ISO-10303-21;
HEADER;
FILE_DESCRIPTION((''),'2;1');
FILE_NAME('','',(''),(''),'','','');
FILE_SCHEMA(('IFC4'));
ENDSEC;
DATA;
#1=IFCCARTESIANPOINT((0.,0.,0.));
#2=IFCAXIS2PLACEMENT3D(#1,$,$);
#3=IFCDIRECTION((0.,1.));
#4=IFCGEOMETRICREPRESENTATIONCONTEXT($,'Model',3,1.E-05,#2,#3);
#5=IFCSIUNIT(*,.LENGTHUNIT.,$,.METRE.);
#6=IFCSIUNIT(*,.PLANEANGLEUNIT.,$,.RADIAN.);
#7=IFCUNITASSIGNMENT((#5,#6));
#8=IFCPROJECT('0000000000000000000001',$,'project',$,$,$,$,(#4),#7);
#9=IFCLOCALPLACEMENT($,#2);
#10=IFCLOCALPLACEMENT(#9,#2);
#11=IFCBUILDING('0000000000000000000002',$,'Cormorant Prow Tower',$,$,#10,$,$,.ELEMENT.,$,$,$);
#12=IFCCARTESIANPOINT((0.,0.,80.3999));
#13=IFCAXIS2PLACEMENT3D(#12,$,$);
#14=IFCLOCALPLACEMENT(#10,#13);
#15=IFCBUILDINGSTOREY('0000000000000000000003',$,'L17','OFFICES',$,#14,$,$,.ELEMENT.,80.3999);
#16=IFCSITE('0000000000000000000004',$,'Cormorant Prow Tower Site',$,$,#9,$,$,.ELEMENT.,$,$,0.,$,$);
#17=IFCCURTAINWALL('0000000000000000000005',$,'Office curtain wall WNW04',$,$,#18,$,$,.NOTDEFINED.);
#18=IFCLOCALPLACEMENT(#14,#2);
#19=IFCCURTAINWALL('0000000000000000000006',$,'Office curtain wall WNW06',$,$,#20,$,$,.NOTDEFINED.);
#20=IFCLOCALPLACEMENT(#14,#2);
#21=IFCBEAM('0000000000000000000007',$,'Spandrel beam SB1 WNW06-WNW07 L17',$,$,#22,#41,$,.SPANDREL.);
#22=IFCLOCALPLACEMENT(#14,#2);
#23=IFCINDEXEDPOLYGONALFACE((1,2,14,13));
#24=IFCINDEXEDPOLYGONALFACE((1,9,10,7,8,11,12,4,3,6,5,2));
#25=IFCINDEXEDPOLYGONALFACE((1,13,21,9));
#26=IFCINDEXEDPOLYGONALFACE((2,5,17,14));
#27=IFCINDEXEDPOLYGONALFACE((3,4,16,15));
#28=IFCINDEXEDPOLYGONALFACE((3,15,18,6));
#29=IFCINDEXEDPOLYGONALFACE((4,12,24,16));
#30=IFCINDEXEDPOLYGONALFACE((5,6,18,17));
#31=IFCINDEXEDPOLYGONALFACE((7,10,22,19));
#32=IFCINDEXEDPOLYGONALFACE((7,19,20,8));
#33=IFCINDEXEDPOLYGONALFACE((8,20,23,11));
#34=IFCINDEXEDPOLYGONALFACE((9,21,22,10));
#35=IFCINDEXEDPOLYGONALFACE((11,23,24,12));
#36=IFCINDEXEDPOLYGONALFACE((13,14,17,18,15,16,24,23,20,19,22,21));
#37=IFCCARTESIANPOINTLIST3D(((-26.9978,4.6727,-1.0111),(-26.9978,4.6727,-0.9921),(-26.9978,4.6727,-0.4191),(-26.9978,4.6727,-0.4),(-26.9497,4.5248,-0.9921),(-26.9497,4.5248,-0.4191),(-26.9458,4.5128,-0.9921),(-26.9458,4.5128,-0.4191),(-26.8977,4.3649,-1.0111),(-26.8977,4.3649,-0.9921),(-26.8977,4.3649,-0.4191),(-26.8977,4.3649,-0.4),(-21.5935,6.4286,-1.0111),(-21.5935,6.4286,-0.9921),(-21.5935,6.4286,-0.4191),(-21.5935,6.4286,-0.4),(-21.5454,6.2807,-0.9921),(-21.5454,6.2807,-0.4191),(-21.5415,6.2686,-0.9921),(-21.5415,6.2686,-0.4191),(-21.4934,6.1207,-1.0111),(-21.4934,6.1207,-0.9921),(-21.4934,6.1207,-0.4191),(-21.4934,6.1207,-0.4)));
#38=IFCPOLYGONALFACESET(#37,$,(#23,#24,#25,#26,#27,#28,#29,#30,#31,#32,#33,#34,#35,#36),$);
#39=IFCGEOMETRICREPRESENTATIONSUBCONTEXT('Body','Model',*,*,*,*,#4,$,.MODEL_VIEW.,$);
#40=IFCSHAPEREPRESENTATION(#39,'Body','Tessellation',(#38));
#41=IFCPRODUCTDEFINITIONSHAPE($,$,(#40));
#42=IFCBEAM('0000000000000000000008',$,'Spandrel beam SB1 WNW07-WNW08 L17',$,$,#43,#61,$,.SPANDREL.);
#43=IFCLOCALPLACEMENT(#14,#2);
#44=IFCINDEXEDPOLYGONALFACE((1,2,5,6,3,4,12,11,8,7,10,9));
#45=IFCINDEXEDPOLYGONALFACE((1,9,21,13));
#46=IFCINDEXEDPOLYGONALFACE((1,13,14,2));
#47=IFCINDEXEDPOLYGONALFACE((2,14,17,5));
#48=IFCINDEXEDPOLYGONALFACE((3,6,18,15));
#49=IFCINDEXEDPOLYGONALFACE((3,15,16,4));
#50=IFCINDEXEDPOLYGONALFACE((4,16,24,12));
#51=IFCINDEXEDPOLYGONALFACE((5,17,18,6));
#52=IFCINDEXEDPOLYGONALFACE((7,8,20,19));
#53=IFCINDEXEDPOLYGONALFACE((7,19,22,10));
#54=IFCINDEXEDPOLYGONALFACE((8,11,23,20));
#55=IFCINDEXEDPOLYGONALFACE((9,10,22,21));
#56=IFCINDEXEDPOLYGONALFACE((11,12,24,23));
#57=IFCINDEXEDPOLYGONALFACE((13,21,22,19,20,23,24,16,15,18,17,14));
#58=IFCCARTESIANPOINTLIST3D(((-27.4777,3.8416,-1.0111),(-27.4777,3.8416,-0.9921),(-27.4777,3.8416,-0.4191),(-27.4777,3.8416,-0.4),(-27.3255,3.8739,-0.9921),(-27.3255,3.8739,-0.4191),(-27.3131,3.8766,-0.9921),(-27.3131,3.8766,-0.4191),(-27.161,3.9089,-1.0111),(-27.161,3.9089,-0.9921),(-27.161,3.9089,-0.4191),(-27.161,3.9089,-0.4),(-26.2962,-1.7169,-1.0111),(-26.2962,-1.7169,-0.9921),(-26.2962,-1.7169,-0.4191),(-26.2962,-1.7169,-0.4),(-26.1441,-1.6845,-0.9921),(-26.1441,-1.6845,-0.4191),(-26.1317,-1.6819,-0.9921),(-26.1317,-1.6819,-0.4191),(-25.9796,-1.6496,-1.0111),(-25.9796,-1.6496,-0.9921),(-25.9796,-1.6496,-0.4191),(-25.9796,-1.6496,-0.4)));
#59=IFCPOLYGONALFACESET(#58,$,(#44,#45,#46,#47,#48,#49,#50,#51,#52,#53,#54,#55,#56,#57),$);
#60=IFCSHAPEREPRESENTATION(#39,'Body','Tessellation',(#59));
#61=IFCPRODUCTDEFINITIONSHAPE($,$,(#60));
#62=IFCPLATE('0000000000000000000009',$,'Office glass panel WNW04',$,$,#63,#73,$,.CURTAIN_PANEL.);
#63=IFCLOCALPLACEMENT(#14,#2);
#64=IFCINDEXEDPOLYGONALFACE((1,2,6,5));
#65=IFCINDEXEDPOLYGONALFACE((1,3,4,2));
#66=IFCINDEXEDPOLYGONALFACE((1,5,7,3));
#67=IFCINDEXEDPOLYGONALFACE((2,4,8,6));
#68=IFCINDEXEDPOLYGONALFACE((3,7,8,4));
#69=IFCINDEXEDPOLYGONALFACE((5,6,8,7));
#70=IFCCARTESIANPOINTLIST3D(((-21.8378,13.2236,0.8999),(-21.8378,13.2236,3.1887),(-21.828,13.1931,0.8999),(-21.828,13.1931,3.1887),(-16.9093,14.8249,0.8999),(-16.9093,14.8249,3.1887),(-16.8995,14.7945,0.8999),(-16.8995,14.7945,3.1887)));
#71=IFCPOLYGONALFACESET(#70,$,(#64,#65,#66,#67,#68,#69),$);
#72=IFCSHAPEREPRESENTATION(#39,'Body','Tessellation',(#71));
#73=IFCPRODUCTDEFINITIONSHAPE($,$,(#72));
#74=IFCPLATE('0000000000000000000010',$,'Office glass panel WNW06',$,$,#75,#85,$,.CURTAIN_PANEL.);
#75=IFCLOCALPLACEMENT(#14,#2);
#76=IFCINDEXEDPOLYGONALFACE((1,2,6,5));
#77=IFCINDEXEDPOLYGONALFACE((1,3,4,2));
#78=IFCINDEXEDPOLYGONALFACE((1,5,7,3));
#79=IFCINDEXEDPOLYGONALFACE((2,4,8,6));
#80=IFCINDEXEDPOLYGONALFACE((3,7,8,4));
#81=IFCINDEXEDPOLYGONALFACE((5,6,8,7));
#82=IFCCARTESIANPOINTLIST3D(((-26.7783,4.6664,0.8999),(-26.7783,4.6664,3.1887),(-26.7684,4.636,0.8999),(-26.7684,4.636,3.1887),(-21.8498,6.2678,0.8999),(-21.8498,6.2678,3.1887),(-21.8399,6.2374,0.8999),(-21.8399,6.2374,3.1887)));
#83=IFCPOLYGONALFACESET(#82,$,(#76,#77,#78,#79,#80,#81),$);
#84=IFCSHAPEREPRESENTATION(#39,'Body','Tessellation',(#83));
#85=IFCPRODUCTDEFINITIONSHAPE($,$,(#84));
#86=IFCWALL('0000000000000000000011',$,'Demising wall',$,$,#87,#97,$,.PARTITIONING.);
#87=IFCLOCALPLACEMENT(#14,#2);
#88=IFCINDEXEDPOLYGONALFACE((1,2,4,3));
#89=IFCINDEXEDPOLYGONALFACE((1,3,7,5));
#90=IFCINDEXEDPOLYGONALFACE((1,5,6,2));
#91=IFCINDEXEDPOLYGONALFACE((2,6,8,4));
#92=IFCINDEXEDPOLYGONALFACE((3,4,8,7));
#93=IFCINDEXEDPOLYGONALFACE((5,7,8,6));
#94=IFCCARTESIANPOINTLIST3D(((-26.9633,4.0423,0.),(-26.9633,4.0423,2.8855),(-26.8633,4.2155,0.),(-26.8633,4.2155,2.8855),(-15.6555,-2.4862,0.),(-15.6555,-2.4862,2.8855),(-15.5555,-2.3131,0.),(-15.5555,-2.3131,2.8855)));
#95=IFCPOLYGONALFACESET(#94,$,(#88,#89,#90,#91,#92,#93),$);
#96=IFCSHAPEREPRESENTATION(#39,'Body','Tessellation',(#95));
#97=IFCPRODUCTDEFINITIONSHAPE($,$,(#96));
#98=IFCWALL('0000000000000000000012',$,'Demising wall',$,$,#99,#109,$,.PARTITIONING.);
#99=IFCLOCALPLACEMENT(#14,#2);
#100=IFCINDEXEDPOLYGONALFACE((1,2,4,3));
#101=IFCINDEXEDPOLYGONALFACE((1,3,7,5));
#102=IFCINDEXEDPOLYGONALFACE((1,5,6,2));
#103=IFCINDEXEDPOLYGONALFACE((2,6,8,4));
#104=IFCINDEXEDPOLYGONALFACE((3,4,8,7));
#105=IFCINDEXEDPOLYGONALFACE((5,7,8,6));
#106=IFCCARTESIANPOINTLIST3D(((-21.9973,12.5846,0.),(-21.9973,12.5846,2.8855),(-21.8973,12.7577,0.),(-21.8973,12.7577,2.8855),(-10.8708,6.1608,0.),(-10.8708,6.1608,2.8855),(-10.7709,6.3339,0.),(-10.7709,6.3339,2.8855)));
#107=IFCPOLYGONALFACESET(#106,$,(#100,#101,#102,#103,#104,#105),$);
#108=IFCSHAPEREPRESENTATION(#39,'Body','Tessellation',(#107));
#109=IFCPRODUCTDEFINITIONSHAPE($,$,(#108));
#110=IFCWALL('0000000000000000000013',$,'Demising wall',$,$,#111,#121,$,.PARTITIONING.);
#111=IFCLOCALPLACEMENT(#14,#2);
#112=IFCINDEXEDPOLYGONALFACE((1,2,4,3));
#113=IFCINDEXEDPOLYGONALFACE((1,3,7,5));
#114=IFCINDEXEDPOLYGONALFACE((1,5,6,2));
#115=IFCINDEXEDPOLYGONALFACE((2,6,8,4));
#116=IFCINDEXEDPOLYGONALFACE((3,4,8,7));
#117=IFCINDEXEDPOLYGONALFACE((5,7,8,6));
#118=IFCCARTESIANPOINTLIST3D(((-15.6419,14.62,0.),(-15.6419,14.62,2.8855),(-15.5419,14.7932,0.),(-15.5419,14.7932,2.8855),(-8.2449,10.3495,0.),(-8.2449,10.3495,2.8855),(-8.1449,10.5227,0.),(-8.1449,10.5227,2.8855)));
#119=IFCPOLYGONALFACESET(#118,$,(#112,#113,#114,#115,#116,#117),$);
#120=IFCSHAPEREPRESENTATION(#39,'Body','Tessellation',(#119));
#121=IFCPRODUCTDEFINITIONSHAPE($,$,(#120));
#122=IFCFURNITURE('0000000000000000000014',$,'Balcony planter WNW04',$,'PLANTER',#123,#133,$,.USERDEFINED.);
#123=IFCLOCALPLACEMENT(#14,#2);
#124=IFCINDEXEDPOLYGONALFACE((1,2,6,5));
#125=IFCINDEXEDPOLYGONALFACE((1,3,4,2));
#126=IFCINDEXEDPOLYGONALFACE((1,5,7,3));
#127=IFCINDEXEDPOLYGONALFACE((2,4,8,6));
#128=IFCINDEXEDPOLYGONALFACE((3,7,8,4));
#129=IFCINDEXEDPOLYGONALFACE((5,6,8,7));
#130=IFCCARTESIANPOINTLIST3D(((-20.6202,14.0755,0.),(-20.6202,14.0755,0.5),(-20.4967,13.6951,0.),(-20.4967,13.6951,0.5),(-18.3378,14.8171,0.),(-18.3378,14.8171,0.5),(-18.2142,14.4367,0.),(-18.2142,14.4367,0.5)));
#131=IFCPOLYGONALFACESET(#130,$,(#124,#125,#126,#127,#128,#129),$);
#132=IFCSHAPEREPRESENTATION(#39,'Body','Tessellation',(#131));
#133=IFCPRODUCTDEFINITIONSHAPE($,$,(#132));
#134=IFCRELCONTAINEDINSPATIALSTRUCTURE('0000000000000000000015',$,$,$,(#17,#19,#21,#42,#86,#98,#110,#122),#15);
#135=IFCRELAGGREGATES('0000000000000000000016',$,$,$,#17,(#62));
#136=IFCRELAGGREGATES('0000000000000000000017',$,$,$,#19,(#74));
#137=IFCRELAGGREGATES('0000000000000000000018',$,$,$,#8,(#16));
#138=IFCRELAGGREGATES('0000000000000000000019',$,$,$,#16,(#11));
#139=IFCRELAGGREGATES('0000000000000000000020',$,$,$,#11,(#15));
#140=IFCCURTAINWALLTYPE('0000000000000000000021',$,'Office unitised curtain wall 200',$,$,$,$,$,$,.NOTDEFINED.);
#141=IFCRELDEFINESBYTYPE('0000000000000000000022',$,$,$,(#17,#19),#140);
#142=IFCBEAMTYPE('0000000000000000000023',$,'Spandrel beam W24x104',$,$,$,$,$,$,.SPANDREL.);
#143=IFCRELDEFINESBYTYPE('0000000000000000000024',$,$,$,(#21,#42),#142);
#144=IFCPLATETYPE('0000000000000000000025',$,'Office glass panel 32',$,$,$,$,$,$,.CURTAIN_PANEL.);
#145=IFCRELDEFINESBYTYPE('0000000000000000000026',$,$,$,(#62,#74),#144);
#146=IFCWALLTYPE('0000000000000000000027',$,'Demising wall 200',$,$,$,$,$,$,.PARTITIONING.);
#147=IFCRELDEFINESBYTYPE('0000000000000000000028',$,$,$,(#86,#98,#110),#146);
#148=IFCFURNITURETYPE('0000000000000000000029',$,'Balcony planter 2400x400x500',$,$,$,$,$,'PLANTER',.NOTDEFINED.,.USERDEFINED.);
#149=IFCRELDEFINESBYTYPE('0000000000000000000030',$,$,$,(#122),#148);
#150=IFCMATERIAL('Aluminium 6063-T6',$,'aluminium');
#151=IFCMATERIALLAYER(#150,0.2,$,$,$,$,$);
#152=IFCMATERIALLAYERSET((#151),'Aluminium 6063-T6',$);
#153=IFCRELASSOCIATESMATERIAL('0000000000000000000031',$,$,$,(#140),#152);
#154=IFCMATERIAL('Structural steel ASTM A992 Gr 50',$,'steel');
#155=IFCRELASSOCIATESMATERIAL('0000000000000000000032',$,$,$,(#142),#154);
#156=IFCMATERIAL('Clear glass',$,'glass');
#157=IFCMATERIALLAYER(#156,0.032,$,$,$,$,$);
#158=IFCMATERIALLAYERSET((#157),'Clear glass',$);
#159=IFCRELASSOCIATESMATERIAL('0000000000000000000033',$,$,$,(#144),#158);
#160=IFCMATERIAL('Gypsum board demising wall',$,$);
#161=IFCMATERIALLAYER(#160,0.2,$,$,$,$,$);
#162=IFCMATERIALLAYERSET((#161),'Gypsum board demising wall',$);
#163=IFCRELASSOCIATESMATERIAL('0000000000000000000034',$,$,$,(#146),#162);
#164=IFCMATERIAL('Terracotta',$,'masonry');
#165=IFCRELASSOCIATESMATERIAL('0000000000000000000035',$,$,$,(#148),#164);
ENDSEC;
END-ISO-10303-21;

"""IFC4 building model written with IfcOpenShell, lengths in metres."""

from ifc_helpers import new_model, si_unit, direction, frame, frame_2d, origin, origin_2d, place, context, subcontext, project, spatial, rectangle, i_section, extrude, material, layer, layer_set, material_profile, profile_set, type_object, element, aggregate, save


model = new_model("IFC4")

# Units and contexts
model_context = context("Model", 3, precision=1e-05, world=origin(), true_north=direction((0.0, 1.0)))
body_context = subcontext(model_context, "Body", "Model", "MODEL_VIEW")
ifc_project = project(units=[si_unit("LENGTHUNIT", "METRE"), si_unit("PLANEANGLEUNIT", "RADIAN")], contexts=[model_context])

# Site, building, storey
site_placement = place(None, origin())
site = spatial("IfcSite", under=ifc_project, at=site_placement, Name="Cormorant Prow Tower Site", CompositionType="ELEMENT", RefElevation=0.0)
building_placement = place(site_placement, origin())
building = spatial("IfcBuilding", under=site, at=building_placement, Name="Cormorant Prow Tower", CompositionType="ELEMENT")
storey_placement = place(building_placement, frame((0.0, 0.0, 80.3999)))
storey = spatial("IfcBuildingStorey", under=building, at=storey_placement, Name="L17", Description="OFFICES", CompositionType="ELEMENT", Elevation=80.3999)

# Curtain walls
ifc_material_1 = material(Name="Aluminium 6063-T6", Category="aluminium")
ifc_layer_1 = layer(ifc_material_1, 0.2)
ifc_layer_set_1 = layer_set([ifc_layer_1], Name="Aluminium 6063-T6")
curtain_wall_type = type_object("IfcCurtainWallType", Name="Office unitised curtain wall 200", PredefinedType="NOTDEFINED", material=ifc_layer_set_1)
curtain_wall_1_placement = place(storey_placement, origin())
curtain_wall_1 = element("IfcCurtainWall", 1, at=curtain_wall_1_placement, inside=storey, type_object=curtain_wall_type, Name="Office curtain wall WNW04", PredefinedType="NOTDEFINED")
curtain_wall_2_placement = place(storey_placement, origin())
curtain_wall_2 = element("IfcCurtainWall", 2, at=curtain_wall_2_placement, inside=storey, type_object=curtain_wall_type, Name="Office curtain wall WNW06", PredefinedType="NOTDEFINED")

# Beams
ifc_material_2 = material(Name="Structural steel ASTM A992 Gr 50", Category="steel")
ifc_material_profile_1 = material_profile(ifc_material_2, i_section(OverallWidth=0.3237, OverallDepth=0.6111, WebThickness=0.0127, FlangeThickness=0.019, at=origin_2d()), Name="W24x104")
ifc_profile_set_1 = profile_set([ifc_material_profile_1], Name="Structural steel ASTM A992 Gr 50")
beam_type_1 = type_object("IfcBeamType", Name="Spandrel beam W24x104", PredefinedType="SPANDREL", material=ifc_profile_set_1)
beam_1_placement = place(storey_placement, frame((-21.5435, 6.2747, -0.7056), z_axis=(-0.951062, -0.309001, 0.0), x_axis=(0.309001, -0.951062, 0.0)))
element("IfcBeam", 3, at=beam_1_placement, inside=storey, type_object=beam_type_1, Name="Spandrel beam SB1 WNW06-WNW07 L17", PredefinedType="SPANDREL", context=body_context, shape_type="SweptSolid", body=[
    extrude(i_section(OverallWidth=0.3237, OverallDepth=0.6111, WebThickness=0.0127, FlangeThickness=0.019, at=origin_2d()), origin(), (0.0, 0.0, 1.0), 5.6824),
])
beam_2_placement = place(storey_placement, frame((-27.3193, 3.8752, -0.7056), z_axis=(0.2079, -0.97815, 0.0), x_axis=(0.97815, 0.2079, 0.0)))
element("IfcBeam", 4, at=beam_2_placement, inside=storey, type_object=beam_type_1, Name="Spandrel beam SB1 WNW07-WNW08 L17", PredefinedType="SPANDREL", context=body_context, shape_type="SweptSolid", body=[
    extrude(i_section(OverallWidth=0.3237, OverallDepth=0.6111, WebThickness=0.0127, FlangeThickness=0.019, at=origin_2d()), origin(), (0.0, 0.0, 1.0), 5.6826),
])

# Plates
ifc_material_3 = material(Name="Clear glass", Category="glass")
ifc_layer_2 = layer(ifc_material_3, 0.032)
ifc_layer_set_2 = layer_set([ifc_layer_2], Name="Clear glass")
plate_type = type_object("IfcPlateType", Name="Office glass panel 32", PredefinedType="CURTAIN_PANEL", material=ifc_layer_set_2)
plate_1_placement = place(storey_placement, frame((-19.3687, 14.009, 0.8999), z_axis=(0.0, 0.0, 1.0), x_axis=(-0.951057, -0.309017, 0.0)))
plate_1 = element("IfcPlate", 5, at=plate_1_placement, type_object=plate_type, Name="Office glass panel WNW04", PredefinedType="CURTAIN_PANEL", context=body_context, shape_type="SweptSolid", body=[
    extrude(rectangle(XDim=5.1821, YDim=0.032, at=origin_2d()), origin(), (0.0, 0.0, 1.0), 2.2888),
])
aggregate(curtain_wall_1, [plate_1])
plate_2_placement = place(storey_placement, frame((-24.3091, 5.4519, 0.8999), z_axis=(0.0, 0.0, 1.0), x_axis=(-0.951057, -0.309017, 0.0)))
plate_2 = element("IfcPlate", 6, at=plate_2_placement, type_object=plate_type, Name="Office glass panel WNW06", PredefinedType="CURTAIN_PANEL", context=body_context, shape_type="SweptSolid", body=[
    extrude(rectangle(XDim=5.1821, YDim=0.032, at=origin_2d()), origin(), (0.0, 0.0, 1.0), 2.2888),
])
aggregate(curtain_wall_2, [plate_2])

# Walls
ifc_material_4 = material(Name="Gypsum board demising wall")
ifc_layer_3 = layer(ifc_material_4, 0.2)
ifc_layer_set_3 = layer_set([ifc_layer_3], Name="Gypsum board demising wall")
wall_type_1 = type_object("IfcWallType", Name="Demising wall 200", PredefinedType="PARTITIONING", material=ifc_layer_set_3)
wall_1_placement = place(storey_placement, frame((-26.9133, 4.1289, 0.0), z_axis=(0.0, 0.0, 1.0), x_axis=(0.866026, -0.499998, 0.0)))
element("IfcWall", 7, at=wall_1_placement, inside=storey, type_object=wall_type_1, Name="Demising wall", PredefinedType="PARTITIONING", context=body_context, shape_type="SweptSolid", body=[
    extrude(rectangle(XDim=13.0571, YDim=0.2, at=frame_2d((6.5286, 0.0))), origin(), (0.0, 0.0, 1.0), 2.8855),
])
wall_2_placement = place(storey_placement, frame((-21.9473, 12.6711, 0.0), z_axis=(0.0, 0.0, 1.0), x_axis=(0.866027, -0.499998, 0.0)))
element("IfcWall", 8, at=wall_2_placement, inside=storey, type_object=wall_type_1, Name="Demising wall", PredefinedType="PARTITIONING", context=body_context, shape_type="SweptSolid", body=[
    extrude(rectangle(XDim=12.8477, YDim=0.2, at=frame_2d((6.4238, 0.0))), origin(), (0.0, 0.0, 1.0), 2.8855),
])
wall_3_placement = place(storey_placement, frame((-15.5918, 14.7065, 0.0), z_axis=(0.0, 0.0, 1.0), x_axis=(0.866032, -0.499988, 0.0)))
element("IfcWall", 9, at=wall_3_placement, inside=storey, type_object=wall_type_1, Name="Demising wall", PredefinedType="PARTITIONING", context=body_context, shape_type="SweptSolid", body=[
    extrude(rectangle(XDim=8.5413, YDim=0.2, at=frame_2d((4.2705, 0.0))), origin(), (0.0, 0.0, 1.0), 2.8855),
])

# Furniture
ifc_material_5 = material(Name="Terracotta", Category="masonry")
furniture_type = type_object("IfcFurnitureType", Name="Balcony planter 2400x400x500", ElementType="PLANTER", AssemblyPlace="NOTDEFINED", PredefinedType="USERDEFINED", material=ifc_material_5)
furniture_placement = place(storey_placement, frame((-19.4172, 14.2561, 0.0), z_axis=(0.0, 0.0, 1.0), x_axis=(-0.951057, -0.309017, 0.0)))
element("IfcFurniture", 10, at=furniture_placement, inside=storey, type_object=furniture_type, Name="Balcony planter WNW04", ObjectType="PLANTER", PredefinedType="USERDEFINED", context=body_context, shape_type="SweptSolid", body=[
    extrude(rectangle(XDim=2.3999, YDim=0.3999, at=origin_2d()), origin(), (0.0, 0.0, 1.0), 0.5),
])

save(model, "model.ifc")
